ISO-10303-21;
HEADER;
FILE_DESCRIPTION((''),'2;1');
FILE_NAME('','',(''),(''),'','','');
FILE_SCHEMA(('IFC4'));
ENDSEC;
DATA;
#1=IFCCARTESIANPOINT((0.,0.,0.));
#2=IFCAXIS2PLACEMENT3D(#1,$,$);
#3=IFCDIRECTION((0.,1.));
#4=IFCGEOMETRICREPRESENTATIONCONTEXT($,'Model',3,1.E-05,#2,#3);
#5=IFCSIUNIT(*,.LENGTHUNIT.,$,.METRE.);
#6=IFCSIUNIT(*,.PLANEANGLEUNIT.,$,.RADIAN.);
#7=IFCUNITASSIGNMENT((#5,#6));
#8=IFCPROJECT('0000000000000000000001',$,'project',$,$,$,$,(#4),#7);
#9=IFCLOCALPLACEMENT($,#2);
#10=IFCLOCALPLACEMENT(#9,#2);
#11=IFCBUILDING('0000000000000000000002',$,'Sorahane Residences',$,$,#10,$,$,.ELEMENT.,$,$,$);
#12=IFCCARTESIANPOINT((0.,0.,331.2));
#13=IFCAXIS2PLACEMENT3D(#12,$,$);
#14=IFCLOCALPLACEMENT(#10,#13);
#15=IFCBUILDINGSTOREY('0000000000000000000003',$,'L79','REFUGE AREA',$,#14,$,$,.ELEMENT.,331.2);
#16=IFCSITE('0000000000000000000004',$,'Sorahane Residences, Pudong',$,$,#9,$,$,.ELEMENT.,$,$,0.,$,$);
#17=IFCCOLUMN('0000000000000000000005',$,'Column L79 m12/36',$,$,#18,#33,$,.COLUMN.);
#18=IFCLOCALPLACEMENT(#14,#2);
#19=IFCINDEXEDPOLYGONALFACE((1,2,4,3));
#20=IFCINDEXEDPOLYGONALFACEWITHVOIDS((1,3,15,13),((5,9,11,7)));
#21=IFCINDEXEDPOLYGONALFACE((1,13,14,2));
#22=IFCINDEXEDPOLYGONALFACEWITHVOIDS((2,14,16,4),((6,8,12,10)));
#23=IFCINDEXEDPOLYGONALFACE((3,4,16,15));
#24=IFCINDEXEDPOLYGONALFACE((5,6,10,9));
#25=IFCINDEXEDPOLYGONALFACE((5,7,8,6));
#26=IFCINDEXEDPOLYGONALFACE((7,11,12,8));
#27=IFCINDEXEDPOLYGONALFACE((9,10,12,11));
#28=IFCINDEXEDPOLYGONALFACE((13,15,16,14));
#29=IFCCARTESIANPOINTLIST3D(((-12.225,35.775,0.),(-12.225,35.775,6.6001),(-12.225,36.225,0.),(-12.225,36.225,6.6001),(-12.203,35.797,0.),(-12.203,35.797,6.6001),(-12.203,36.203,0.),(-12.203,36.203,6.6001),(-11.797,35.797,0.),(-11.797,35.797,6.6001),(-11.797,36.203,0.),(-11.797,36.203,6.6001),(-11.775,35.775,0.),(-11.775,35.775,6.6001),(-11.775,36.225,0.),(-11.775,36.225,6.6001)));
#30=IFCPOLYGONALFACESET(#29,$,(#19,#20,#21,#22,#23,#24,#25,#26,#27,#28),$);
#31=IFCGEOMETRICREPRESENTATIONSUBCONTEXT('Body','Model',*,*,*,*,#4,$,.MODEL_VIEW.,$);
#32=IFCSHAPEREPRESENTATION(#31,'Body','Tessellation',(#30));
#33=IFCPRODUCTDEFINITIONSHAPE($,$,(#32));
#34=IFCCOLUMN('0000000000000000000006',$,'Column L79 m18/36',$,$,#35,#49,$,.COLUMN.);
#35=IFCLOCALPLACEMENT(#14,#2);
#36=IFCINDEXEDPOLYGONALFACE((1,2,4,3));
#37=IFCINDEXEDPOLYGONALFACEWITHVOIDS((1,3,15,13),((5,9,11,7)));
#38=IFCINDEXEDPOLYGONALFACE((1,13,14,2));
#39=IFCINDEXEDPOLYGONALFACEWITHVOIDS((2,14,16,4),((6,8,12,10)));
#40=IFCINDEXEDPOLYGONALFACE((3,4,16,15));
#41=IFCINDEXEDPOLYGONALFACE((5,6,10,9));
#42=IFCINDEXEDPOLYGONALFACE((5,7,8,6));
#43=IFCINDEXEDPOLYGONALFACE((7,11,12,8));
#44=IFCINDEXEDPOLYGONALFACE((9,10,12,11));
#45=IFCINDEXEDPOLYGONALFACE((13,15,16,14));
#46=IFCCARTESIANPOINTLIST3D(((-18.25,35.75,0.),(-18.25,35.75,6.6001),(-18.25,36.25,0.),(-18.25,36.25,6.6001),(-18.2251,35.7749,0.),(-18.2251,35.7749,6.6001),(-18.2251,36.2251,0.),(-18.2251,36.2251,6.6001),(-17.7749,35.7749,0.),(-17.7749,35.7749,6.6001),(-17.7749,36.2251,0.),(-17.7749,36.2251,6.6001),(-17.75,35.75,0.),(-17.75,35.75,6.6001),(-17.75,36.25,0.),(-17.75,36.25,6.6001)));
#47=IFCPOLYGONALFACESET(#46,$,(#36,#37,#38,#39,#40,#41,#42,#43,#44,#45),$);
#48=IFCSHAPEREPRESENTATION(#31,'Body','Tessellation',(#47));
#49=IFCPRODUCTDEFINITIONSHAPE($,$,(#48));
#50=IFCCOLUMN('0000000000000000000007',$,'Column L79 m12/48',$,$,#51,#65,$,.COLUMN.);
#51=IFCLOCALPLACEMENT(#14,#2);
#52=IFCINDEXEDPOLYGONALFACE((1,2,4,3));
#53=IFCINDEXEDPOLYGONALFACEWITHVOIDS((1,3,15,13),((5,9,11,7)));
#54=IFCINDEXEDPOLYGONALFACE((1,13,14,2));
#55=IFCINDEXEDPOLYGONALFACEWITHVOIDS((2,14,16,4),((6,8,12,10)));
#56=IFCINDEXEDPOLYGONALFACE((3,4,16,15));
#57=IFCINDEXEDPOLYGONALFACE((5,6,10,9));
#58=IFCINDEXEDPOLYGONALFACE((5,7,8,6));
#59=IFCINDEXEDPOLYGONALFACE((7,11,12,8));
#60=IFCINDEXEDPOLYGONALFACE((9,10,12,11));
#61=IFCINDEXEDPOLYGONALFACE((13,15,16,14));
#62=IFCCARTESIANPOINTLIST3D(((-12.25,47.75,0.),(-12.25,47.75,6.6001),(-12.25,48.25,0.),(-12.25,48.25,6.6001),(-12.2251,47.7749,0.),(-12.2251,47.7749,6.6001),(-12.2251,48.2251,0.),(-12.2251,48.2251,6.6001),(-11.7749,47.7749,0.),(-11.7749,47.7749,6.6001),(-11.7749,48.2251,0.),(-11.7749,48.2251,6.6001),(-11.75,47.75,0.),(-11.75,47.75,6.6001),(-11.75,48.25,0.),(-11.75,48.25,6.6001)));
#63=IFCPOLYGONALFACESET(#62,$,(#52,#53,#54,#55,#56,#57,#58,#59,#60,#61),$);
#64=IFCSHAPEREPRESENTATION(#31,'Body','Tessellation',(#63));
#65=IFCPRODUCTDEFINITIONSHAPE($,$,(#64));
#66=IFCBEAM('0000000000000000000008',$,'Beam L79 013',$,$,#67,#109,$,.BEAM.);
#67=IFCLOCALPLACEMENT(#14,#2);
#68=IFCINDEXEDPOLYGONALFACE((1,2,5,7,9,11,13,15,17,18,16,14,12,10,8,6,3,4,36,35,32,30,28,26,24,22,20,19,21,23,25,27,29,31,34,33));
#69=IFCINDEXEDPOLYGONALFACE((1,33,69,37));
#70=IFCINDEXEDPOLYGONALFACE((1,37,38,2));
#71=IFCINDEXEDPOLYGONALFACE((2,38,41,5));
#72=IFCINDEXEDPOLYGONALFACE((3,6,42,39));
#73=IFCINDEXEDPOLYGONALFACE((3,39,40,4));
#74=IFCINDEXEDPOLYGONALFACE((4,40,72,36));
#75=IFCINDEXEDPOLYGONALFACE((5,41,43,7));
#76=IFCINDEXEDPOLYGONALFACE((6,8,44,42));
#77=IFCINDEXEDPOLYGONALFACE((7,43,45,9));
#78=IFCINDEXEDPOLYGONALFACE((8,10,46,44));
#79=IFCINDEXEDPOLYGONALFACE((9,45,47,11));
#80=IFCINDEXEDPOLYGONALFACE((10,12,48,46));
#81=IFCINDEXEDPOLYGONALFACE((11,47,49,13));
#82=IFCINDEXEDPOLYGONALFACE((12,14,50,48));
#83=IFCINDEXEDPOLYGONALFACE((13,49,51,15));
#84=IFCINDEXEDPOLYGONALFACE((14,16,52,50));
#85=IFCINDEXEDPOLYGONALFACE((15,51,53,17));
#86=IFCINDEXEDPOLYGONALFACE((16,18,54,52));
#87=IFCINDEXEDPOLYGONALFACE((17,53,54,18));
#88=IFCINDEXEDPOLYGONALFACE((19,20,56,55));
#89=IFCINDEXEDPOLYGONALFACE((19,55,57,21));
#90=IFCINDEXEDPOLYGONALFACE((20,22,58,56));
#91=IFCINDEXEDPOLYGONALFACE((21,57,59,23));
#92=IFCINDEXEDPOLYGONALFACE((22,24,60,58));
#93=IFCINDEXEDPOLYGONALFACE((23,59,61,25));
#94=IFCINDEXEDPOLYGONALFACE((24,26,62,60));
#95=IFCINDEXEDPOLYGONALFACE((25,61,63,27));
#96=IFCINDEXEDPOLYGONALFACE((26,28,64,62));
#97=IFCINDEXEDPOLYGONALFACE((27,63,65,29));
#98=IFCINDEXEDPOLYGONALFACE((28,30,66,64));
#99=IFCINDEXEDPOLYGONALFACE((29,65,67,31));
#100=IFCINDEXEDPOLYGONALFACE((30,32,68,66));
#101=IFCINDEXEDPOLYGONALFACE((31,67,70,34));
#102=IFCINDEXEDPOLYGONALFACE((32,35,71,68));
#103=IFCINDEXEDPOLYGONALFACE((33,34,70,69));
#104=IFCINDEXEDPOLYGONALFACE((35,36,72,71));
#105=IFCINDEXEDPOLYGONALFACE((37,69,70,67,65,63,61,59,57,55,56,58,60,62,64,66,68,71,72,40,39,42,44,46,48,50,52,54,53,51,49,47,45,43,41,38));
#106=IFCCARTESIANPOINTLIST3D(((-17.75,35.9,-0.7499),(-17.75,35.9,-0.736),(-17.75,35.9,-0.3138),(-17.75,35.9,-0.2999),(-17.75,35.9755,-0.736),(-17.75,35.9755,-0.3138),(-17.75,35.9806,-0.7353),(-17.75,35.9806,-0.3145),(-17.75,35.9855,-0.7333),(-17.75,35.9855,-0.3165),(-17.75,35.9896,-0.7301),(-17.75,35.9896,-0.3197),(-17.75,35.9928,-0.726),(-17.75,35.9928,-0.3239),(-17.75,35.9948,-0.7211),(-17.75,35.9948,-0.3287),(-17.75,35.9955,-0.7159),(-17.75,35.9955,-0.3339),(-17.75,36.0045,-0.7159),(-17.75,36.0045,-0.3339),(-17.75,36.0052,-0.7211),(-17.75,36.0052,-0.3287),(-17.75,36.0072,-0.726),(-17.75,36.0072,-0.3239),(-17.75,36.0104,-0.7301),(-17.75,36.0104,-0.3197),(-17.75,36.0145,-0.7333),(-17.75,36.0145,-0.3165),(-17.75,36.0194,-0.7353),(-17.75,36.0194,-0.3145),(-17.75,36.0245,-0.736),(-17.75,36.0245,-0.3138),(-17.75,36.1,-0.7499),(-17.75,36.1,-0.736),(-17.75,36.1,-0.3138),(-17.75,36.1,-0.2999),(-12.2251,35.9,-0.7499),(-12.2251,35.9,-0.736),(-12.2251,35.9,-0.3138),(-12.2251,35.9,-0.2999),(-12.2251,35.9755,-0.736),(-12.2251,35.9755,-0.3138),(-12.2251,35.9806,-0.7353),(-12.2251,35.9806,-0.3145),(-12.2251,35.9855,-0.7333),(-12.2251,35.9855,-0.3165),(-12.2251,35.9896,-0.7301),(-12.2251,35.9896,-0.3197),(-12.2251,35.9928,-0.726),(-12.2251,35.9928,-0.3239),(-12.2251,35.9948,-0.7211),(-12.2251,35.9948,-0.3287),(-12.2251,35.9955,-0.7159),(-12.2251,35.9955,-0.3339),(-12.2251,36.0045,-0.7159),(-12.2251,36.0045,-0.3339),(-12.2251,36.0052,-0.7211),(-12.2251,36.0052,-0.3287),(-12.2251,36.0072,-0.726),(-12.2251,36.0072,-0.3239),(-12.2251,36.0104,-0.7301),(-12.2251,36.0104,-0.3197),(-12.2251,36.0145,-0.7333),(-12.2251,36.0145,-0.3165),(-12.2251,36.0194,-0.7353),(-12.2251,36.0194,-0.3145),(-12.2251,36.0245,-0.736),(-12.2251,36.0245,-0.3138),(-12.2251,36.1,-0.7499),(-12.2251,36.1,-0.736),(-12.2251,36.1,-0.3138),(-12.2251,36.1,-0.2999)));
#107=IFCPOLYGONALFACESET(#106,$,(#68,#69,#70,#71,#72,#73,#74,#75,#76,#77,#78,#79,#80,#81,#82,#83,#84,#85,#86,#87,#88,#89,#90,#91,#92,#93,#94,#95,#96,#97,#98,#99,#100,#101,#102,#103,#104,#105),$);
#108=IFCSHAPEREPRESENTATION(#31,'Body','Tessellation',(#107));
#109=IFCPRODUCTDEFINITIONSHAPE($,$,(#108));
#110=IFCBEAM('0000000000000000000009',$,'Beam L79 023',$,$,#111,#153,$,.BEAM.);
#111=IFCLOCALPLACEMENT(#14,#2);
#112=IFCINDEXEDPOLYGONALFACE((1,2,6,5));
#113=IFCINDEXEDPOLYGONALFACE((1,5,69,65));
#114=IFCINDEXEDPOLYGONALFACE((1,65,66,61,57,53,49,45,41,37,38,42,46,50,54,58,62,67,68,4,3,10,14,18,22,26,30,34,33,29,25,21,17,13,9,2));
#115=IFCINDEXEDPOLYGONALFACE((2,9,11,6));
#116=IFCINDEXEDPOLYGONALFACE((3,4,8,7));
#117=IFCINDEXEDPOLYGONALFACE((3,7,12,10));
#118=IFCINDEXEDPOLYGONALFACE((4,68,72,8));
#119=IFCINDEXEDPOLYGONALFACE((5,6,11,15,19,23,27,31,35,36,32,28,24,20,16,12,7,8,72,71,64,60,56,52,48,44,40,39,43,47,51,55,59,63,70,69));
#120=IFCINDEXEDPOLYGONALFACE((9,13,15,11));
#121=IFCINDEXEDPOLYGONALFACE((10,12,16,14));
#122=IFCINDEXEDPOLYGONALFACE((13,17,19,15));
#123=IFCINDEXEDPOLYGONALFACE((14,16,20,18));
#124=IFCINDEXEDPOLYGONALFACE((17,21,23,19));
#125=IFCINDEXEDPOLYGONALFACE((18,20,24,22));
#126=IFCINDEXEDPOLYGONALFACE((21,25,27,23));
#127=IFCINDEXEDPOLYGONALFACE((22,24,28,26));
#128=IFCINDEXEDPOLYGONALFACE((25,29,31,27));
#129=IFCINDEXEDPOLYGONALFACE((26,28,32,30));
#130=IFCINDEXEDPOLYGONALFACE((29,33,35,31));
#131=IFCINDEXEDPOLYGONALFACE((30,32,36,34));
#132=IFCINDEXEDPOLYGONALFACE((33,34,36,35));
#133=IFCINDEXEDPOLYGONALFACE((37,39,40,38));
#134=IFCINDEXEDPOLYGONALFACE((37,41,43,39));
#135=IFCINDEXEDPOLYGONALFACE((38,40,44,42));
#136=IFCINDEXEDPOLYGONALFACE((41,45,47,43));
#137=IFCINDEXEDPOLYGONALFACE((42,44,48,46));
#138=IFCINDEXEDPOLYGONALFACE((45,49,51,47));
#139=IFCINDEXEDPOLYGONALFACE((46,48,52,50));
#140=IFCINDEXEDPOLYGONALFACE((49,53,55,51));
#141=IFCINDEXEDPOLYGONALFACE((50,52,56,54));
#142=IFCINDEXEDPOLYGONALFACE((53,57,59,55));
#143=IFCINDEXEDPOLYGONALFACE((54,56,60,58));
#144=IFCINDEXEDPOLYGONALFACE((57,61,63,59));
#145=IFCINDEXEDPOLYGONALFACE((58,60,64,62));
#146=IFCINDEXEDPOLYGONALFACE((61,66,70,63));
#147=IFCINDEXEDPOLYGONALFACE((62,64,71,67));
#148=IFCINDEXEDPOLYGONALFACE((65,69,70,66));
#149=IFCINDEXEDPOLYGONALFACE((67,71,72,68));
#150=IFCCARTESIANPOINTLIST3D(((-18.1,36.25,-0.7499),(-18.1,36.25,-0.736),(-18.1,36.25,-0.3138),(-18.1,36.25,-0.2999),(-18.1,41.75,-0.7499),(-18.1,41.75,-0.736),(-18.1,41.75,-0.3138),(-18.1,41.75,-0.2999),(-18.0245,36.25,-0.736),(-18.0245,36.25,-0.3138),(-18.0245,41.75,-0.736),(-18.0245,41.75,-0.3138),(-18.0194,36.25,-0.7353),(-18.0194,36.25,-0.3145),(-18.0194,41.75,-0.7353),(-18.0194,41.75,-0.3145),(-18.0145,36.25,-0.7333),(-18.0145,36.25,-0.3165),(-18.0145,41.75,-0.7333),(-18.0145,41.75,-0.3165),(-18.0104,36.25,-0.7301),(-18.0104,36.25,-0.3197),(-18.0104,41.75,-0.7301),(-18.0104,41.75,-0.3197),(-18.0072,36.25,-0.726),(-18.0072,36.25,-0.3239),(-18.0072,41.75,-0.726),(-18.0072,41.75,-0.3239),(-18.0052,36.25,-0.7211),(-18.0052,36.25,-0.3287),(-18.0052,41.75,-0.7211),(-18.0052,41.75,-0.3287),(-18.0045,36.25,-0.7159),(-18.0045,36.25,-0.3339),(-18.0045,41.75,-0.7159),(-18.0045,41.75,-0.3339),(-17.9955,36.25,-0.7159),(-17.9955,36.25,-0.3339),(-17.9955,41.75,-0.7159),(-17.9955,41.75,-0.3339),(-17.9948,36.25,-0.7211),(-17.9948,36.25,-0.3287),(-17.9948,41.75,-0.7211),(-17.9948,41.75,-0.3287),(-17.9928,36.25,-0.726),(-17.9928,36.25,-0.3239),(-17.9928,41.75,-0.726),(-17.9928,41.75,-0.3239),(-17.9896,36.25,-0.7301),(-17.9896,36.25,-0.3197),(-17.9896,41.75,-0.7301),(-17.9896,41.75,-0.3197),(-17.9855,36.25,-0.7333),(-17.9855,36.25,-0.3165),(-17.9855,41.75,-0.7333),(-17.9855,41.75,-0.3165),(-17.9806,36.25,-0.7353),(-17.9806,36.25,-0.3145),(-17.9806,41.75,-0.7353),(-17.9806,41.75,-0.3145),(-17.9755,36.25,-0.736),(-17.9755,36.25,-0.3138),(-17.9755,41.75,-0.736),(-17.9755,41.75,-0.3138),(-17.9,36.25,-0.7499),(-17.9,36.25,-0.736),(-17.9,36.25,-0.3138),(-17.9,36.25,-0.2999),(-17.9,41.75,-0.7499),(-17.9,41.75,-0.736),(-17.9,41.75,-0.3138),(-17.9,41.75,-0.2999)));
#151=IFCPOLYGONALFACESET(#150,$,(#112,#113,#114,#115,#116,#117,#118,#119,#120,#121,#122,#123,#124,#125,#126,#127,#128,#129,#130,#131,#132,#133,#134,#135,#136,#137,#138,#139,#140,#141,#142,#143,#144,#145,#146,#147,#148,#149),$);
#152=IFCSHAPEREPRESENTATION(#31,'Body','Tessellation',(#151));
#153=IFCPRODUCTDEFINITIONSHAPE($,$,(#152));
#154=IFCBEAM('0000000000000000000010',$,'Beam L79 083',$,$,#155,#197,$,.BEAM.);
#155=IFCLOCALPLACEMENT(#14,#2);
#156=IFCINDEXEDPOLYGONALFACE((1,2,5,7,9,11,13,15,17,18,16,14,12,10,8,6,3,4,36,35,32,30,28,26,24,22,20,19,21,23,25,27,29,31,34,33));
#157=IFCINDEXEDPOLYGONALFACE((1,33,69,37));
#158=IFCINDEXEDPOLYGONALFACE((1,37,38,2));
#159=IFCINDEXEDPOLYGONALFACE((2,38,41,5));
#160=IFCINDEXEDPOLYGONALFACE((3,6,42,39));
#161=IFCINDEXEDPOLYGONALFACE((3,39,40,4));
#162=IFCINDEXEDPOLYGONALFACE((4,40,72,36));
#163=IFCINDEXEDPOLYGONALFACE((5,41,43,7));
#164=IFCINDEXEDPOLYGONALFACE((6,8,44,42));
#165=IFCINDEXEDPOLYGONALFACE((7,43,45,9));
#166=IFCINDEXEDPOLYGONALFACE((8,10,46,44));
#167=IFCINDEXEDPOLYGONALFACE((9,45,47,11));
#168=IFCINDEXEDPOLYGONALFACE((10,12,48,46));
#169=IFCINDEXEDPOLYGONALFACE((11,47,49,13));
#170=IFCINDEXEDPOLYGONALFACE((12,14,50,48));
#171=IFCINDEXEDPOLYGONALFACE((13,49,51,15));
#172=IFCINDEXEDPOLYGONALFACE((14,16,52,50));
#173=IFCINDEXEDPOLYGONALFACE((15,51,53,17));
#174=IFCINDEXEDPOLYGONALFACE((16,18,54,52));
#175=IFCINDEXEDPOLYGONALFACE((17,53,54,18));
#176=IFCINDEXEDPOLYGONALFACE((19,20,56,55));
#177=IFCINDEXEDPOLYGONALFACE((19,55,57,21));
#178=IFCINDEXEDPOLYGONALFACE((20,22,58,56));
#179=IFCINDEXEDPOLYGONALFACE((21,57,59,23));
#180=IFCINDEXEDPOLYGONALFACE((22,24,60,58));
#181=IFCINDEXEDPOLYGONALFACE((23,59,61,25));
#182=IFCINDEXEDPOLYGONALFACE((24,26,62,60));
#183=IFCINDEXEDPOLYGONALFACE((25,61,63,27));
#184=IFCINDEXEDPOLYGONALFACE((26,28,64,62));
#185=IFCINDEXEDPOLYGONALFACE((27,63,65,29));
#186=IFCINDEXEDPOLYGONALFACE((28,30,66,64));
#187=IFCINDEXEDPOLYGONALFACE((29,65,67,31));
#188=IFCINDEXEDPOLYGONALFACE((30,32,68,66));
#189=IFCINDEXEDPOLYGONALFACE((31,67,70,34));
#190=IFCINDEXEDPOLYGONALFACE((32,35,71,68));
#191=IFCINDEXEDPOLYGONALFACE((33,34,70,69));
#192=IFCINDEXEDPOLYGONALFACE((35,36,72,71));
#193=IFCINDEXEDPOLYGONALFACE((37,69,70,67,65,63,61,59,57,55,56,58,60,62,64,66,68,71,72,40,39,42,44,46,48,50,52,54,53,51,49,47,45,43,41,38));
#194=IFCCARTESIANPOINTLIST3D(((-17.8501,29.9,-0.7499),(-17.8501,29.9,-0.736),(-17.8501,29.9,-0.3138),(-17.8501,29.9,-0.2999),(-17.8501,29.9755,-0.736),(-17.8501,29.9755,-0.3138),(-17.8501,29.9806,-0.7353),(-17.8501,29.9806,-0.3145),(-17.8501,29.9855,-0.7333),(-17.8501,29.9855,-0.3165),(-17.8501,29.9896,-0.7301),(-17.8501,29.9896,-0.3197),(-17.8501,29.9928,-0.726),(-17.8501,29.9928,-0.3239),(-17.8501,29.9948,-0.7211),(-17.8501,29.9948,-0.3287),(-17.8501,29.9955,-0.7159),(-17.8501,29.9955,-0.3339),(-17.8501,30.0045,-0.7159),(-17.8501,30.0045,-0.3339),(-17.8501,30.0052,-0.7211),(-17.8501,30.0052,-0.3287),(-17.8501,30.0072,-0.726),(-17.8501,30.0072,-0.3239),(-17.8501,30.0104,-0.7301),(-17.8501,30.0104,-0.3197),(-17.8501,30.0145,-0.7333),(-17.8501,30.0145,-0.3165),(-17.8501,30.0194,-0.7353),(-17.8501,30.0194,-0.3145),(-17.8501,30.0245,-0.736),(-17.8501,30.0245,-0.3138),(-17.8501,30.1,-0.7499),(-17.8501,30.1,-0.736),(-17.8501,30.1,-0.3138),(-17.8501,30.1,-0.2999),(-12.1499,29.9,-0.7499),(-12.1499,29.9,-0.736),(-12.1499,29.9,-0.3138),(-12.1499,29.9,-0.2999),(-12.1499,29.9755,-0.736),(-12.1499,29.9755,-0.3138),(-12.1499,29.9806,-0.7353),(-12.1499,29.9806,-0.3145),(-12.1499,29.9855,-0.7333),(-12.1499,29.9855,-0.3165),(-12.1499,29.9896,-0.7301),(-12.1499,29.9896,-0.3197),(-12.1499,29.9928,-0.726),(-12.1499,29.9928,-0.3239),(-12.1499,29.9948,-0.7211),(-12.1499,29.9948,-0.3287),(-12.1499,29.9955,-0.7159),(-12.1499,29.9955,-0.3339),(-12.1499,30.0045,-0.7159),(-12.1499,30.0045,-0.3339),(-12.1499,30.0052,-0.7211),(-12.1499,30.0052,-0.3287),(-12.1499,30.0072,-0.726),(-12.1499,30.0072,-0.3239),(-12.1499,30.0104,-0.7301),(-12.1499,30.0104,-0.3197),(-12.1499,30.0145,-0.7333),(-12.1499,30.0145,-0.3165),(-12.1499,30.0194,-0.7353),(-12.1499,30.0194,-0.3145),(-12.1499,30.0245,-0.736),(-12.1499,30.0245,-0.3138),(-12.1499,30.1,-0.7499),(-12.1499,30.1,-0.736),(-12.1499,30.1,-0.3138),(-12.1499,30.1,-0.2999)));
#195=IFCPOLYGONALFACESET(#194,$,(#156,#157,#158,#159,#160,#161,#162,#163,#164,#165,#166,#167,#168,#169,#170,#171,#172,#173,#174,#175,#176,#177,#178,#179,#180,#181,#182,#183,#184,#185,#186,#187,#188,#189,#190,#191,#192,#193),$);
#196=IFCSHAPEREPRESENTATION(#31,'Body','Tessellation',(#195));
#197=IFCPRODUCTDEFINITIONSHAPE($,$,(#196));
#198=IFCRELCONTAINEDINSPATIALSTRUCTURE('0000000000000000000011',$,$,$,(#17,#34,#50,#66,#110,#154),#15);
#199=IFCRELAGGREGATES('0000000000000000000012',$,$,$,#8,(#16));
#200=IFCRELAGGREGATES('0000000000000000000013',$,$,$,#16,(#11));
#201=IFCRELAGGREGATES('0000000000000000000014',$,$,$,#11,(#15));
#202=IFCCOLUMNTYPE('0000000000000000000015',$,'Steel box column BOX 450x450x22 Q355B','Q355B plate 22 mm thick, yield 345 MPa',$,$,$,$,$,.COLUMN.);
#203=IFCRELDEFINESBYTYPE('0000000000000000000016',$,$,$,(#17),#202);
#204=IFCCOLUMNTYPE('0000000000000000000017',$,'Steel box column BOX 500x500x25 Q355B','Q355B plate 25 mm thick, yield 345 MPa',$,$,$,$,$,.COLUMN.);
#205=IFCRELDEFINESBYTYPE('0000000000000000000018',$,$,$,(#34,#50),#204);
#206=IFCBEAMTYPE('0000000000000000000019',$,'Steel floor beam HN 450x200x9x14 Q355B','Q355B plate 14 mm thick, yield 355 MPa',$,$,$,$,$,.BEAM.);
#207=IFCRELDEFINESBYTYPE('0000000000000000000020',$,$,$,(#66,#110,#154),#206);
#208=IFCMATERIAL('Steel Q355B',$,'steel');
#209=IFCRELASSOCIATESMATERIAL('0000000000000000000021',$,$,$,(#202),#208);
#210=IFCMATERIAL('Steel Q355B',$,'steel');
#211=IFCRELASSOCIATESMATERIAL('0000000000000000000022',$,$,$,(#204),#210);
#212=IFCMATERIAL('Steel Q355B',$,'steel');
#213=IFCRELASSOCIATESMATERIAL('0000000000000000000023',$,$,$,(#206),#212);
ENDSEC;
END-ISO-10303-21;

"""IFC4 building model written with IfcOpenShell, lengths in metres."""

from ifc_helpers import new_model, si_unit, direction, frame, origin, origin_2d, place, context, subcontext, project, spatial, hollow_rectangle, i_section, extrude, material, material_profile, profile_set, type_object, element, save


model = new_model("IFC4")

# Units and contexts
model_context = context("Model", 3, precision=1e-05, world=origin(), true_north=direction((0.0, 1.0)))
body_context = subcontext(model_context, "Body", "Model", "MODEL_VIEW")
ifc_project = project(units=[si_unit("LENGTHUNIT", "METRE"), si_unit("PLANEANGLEUNIT", "RADIAN")], contexts=[model_context])

# Site, building, storey
site_placement = place(None, origin())
site = spatial("IfcSite", under=ifc_project, at=site_placement, Name="Sorahane Residences, Pudong", CompositionType="ELEMENT", RefElevation=0.0)
building_placement = place(site_placement, origin())
building = spatial("IfcBuilding", under=site, at=building_placement, Name="Sorahane Residences", CompositionType="ELEMENT")
storey_placement = place(building_placement, frame((0.0, 0.0, 331.2)))
storey = spatial("IfcBuildingStorey", under=building, at=storey_placement, Name="L79", Description="REFUGE AREA", CompositionType="ELEMENT", Elevation=331.2)

# Columns
ifc_material_1 = material(Name="Steel Q355B", Category="steel")
ifc_material_profile_1 = material_profile(ifc_material_1, hollow_rectangle(XDim=0.45, YDim=0.45, WallThickness=0.022, at=origin_2d()), Name="BOX 450x450x22")
ifc_profile_set_1 = profile_set([ifc_material_profile_1], Name="Steel Q355B")
column_type_1 = type_object("IfcColumnType", Name="Steel box column BOX 450x450x22 Q355B", Description="Q355B plate 22 mm thick, yield 345 MPa", PredefinedType="COLUMN", material=ifc_profile_set_1)
column_placement = place(storey_placement, frame((-12.0, 36.0, 0.0), z_axis=(0.0, 0.0, 1.0), x_axis=(1.0, 0.0, 0.0)))
element("IfcColumn", 1, at=column_placement, inside=storey, type_object=column_type_1, Name="Column L79 m12/36", PredefinedType="COLUMN", context=body_context, shape_type="SweptSolid", body=[
    extrude(hollow_rectangle(XDim=0.45, YDim=0.45, WallThickness=0.022, at=origin_2d()), origin(), (0.0, 0.0, 1.0), 6.6001),
])
ifc_material_2 = material(Name="Steel Q355B", Category="steel")
ifc_material_profile_2 = material_profile(ifc_material_2, hollow_rectangle(XDim=0.5, YDim=0.5, WallThickness=0.0249, at=origin_2d()), Name="BOX 500x500x25")
ifc_profile_set_2 = profile_set([ifc_material_profile_2], Name="Steel Q355B")
column_type_2 = type_object("IfcColumnType", Name="Steel box column BOX 500x500x25 Q355B", Description="Q355B plate 25 mm thick, yield 345 MPa", PredefinedType="COLUMN", material=ifc_profile_set_2)
for number, where, z_axis, x_axis, name in (
    (2, (-18.0, 36.0, 0.0), (0.0, 0.0, 1.0), (1.0, 0.0, 0.0), "Column L79 m18/36"),
    (3, (-12.0, 48.0, 0.0), (0.0, 0.0, 1.0), (1.0, 0.0, 0.0), "Column L79 m12/48"),
):
    element("IfcColumn", number, at=place(storey_placement, frame(where, z_axis=z_axis, x_axis=x_axis)), inside=storey, type_object=column_type_2, Name=name, PredefinedType="COLUMN", context=body_context, shape_type="SweptSolid", body=[
        extrude(hollow_rectangle(XDim=0.5, YDim=0.5, WallThickness=0.0249, at=origin_2d()), origin(), (0.0, 0.0, 1.0), 6.6001),
    ])

# Beams
ifc_material_3 = material(Name="Steel Q355B", Category="steel")
ifc_material_profile_3 = material_profile(ifc_material_3, i_section(OverallWidth=0.2, OverallDepth=0.45, WebThickness=0.009, FlangeThickness=0.0139, FilletRadius=0.02, at=origin_2d()), Name="HN 450x200x9x14")
ifc_profile_set_3 = profile_set([ifc_material_profile_3], Name="Steel Q355B")
beam_type_1 = type_object("IfcBeamType", Name="Steel floor beam HN 450x200x9x14 Q355B", Description="Q355B plate 14 mm thick, yield 355 MPa", PredefinedType="BEAM", material=ifc_profile_set_3)
beam_1_placement = place(storey_placement, frame((-17.75, 36.0, -0.5249), z_axis=(1.0, 0.0, 0.0), x_axis=(0.0, 1.0, 0.0)))
element("IfcBeam", 4, at=beam_1_placement, inside=storey, type_object=beam_type_1, Name="Beam L79 013", PredefinedType="BEAM", context=body_context, shape_type="SweptSolid", body=[
    extrude(i_section(OverallWidth=0.2, OverallDepth=0.45, WebThickness=0.009, FlangeThickness=0.0139, FilletRadius=0.02, at=origin_2d()), origin(), (0.0, 0.0, 1.0), 5.5249),
])
beam_2_placement = place(storey_placement, frame((-18.0, 36.25, -0.5249), z_axis=(0.0, 1.0, 0.0), x_axis=(-1.0, 0.0, 0.0)))
element("IfcBeam", 5, at=beam_2_placement, inside=storey, type_object=beam_type_1, Name="Beam L79 023", PredefinedType="BEAM", context=body_context, shape_type="SweptSolid", body=[
    extrude(i_section(OverallWidth=0.2, OverallDepth=0.45, WebThickness=0.009, FlangeThickness=0.0139, FilletRadius=0.02, at=origin_2d()), origin(), (0.0, 0.0, 1.0), 5.5),
])
beam_3_placement = place(storey_placement, frame((-17.8501, 30.0, -0.5249), z_axis=(1.0, 0.0, 0.0), x_axis=(0.0, 1.0, 0.0)))
element("IfcBeam", 6, at=beam_3_placement, inside=storey, type_object=beam_type_1, Name="Beam L79 083", PredefinedType="BEAM", context=body_context, shape_type="SweptSolid", body=[
    extrude(i_section(OverallWidth=0.2, OverallDepth=0.45, WebThickness=0.009, FlangeThickness=0.0139, FilletRadius=0.02, at=origin_2d()), origin(), (0.0, 0.0, 1.0), 5.7002),
])

save(model, "model.ifc")
